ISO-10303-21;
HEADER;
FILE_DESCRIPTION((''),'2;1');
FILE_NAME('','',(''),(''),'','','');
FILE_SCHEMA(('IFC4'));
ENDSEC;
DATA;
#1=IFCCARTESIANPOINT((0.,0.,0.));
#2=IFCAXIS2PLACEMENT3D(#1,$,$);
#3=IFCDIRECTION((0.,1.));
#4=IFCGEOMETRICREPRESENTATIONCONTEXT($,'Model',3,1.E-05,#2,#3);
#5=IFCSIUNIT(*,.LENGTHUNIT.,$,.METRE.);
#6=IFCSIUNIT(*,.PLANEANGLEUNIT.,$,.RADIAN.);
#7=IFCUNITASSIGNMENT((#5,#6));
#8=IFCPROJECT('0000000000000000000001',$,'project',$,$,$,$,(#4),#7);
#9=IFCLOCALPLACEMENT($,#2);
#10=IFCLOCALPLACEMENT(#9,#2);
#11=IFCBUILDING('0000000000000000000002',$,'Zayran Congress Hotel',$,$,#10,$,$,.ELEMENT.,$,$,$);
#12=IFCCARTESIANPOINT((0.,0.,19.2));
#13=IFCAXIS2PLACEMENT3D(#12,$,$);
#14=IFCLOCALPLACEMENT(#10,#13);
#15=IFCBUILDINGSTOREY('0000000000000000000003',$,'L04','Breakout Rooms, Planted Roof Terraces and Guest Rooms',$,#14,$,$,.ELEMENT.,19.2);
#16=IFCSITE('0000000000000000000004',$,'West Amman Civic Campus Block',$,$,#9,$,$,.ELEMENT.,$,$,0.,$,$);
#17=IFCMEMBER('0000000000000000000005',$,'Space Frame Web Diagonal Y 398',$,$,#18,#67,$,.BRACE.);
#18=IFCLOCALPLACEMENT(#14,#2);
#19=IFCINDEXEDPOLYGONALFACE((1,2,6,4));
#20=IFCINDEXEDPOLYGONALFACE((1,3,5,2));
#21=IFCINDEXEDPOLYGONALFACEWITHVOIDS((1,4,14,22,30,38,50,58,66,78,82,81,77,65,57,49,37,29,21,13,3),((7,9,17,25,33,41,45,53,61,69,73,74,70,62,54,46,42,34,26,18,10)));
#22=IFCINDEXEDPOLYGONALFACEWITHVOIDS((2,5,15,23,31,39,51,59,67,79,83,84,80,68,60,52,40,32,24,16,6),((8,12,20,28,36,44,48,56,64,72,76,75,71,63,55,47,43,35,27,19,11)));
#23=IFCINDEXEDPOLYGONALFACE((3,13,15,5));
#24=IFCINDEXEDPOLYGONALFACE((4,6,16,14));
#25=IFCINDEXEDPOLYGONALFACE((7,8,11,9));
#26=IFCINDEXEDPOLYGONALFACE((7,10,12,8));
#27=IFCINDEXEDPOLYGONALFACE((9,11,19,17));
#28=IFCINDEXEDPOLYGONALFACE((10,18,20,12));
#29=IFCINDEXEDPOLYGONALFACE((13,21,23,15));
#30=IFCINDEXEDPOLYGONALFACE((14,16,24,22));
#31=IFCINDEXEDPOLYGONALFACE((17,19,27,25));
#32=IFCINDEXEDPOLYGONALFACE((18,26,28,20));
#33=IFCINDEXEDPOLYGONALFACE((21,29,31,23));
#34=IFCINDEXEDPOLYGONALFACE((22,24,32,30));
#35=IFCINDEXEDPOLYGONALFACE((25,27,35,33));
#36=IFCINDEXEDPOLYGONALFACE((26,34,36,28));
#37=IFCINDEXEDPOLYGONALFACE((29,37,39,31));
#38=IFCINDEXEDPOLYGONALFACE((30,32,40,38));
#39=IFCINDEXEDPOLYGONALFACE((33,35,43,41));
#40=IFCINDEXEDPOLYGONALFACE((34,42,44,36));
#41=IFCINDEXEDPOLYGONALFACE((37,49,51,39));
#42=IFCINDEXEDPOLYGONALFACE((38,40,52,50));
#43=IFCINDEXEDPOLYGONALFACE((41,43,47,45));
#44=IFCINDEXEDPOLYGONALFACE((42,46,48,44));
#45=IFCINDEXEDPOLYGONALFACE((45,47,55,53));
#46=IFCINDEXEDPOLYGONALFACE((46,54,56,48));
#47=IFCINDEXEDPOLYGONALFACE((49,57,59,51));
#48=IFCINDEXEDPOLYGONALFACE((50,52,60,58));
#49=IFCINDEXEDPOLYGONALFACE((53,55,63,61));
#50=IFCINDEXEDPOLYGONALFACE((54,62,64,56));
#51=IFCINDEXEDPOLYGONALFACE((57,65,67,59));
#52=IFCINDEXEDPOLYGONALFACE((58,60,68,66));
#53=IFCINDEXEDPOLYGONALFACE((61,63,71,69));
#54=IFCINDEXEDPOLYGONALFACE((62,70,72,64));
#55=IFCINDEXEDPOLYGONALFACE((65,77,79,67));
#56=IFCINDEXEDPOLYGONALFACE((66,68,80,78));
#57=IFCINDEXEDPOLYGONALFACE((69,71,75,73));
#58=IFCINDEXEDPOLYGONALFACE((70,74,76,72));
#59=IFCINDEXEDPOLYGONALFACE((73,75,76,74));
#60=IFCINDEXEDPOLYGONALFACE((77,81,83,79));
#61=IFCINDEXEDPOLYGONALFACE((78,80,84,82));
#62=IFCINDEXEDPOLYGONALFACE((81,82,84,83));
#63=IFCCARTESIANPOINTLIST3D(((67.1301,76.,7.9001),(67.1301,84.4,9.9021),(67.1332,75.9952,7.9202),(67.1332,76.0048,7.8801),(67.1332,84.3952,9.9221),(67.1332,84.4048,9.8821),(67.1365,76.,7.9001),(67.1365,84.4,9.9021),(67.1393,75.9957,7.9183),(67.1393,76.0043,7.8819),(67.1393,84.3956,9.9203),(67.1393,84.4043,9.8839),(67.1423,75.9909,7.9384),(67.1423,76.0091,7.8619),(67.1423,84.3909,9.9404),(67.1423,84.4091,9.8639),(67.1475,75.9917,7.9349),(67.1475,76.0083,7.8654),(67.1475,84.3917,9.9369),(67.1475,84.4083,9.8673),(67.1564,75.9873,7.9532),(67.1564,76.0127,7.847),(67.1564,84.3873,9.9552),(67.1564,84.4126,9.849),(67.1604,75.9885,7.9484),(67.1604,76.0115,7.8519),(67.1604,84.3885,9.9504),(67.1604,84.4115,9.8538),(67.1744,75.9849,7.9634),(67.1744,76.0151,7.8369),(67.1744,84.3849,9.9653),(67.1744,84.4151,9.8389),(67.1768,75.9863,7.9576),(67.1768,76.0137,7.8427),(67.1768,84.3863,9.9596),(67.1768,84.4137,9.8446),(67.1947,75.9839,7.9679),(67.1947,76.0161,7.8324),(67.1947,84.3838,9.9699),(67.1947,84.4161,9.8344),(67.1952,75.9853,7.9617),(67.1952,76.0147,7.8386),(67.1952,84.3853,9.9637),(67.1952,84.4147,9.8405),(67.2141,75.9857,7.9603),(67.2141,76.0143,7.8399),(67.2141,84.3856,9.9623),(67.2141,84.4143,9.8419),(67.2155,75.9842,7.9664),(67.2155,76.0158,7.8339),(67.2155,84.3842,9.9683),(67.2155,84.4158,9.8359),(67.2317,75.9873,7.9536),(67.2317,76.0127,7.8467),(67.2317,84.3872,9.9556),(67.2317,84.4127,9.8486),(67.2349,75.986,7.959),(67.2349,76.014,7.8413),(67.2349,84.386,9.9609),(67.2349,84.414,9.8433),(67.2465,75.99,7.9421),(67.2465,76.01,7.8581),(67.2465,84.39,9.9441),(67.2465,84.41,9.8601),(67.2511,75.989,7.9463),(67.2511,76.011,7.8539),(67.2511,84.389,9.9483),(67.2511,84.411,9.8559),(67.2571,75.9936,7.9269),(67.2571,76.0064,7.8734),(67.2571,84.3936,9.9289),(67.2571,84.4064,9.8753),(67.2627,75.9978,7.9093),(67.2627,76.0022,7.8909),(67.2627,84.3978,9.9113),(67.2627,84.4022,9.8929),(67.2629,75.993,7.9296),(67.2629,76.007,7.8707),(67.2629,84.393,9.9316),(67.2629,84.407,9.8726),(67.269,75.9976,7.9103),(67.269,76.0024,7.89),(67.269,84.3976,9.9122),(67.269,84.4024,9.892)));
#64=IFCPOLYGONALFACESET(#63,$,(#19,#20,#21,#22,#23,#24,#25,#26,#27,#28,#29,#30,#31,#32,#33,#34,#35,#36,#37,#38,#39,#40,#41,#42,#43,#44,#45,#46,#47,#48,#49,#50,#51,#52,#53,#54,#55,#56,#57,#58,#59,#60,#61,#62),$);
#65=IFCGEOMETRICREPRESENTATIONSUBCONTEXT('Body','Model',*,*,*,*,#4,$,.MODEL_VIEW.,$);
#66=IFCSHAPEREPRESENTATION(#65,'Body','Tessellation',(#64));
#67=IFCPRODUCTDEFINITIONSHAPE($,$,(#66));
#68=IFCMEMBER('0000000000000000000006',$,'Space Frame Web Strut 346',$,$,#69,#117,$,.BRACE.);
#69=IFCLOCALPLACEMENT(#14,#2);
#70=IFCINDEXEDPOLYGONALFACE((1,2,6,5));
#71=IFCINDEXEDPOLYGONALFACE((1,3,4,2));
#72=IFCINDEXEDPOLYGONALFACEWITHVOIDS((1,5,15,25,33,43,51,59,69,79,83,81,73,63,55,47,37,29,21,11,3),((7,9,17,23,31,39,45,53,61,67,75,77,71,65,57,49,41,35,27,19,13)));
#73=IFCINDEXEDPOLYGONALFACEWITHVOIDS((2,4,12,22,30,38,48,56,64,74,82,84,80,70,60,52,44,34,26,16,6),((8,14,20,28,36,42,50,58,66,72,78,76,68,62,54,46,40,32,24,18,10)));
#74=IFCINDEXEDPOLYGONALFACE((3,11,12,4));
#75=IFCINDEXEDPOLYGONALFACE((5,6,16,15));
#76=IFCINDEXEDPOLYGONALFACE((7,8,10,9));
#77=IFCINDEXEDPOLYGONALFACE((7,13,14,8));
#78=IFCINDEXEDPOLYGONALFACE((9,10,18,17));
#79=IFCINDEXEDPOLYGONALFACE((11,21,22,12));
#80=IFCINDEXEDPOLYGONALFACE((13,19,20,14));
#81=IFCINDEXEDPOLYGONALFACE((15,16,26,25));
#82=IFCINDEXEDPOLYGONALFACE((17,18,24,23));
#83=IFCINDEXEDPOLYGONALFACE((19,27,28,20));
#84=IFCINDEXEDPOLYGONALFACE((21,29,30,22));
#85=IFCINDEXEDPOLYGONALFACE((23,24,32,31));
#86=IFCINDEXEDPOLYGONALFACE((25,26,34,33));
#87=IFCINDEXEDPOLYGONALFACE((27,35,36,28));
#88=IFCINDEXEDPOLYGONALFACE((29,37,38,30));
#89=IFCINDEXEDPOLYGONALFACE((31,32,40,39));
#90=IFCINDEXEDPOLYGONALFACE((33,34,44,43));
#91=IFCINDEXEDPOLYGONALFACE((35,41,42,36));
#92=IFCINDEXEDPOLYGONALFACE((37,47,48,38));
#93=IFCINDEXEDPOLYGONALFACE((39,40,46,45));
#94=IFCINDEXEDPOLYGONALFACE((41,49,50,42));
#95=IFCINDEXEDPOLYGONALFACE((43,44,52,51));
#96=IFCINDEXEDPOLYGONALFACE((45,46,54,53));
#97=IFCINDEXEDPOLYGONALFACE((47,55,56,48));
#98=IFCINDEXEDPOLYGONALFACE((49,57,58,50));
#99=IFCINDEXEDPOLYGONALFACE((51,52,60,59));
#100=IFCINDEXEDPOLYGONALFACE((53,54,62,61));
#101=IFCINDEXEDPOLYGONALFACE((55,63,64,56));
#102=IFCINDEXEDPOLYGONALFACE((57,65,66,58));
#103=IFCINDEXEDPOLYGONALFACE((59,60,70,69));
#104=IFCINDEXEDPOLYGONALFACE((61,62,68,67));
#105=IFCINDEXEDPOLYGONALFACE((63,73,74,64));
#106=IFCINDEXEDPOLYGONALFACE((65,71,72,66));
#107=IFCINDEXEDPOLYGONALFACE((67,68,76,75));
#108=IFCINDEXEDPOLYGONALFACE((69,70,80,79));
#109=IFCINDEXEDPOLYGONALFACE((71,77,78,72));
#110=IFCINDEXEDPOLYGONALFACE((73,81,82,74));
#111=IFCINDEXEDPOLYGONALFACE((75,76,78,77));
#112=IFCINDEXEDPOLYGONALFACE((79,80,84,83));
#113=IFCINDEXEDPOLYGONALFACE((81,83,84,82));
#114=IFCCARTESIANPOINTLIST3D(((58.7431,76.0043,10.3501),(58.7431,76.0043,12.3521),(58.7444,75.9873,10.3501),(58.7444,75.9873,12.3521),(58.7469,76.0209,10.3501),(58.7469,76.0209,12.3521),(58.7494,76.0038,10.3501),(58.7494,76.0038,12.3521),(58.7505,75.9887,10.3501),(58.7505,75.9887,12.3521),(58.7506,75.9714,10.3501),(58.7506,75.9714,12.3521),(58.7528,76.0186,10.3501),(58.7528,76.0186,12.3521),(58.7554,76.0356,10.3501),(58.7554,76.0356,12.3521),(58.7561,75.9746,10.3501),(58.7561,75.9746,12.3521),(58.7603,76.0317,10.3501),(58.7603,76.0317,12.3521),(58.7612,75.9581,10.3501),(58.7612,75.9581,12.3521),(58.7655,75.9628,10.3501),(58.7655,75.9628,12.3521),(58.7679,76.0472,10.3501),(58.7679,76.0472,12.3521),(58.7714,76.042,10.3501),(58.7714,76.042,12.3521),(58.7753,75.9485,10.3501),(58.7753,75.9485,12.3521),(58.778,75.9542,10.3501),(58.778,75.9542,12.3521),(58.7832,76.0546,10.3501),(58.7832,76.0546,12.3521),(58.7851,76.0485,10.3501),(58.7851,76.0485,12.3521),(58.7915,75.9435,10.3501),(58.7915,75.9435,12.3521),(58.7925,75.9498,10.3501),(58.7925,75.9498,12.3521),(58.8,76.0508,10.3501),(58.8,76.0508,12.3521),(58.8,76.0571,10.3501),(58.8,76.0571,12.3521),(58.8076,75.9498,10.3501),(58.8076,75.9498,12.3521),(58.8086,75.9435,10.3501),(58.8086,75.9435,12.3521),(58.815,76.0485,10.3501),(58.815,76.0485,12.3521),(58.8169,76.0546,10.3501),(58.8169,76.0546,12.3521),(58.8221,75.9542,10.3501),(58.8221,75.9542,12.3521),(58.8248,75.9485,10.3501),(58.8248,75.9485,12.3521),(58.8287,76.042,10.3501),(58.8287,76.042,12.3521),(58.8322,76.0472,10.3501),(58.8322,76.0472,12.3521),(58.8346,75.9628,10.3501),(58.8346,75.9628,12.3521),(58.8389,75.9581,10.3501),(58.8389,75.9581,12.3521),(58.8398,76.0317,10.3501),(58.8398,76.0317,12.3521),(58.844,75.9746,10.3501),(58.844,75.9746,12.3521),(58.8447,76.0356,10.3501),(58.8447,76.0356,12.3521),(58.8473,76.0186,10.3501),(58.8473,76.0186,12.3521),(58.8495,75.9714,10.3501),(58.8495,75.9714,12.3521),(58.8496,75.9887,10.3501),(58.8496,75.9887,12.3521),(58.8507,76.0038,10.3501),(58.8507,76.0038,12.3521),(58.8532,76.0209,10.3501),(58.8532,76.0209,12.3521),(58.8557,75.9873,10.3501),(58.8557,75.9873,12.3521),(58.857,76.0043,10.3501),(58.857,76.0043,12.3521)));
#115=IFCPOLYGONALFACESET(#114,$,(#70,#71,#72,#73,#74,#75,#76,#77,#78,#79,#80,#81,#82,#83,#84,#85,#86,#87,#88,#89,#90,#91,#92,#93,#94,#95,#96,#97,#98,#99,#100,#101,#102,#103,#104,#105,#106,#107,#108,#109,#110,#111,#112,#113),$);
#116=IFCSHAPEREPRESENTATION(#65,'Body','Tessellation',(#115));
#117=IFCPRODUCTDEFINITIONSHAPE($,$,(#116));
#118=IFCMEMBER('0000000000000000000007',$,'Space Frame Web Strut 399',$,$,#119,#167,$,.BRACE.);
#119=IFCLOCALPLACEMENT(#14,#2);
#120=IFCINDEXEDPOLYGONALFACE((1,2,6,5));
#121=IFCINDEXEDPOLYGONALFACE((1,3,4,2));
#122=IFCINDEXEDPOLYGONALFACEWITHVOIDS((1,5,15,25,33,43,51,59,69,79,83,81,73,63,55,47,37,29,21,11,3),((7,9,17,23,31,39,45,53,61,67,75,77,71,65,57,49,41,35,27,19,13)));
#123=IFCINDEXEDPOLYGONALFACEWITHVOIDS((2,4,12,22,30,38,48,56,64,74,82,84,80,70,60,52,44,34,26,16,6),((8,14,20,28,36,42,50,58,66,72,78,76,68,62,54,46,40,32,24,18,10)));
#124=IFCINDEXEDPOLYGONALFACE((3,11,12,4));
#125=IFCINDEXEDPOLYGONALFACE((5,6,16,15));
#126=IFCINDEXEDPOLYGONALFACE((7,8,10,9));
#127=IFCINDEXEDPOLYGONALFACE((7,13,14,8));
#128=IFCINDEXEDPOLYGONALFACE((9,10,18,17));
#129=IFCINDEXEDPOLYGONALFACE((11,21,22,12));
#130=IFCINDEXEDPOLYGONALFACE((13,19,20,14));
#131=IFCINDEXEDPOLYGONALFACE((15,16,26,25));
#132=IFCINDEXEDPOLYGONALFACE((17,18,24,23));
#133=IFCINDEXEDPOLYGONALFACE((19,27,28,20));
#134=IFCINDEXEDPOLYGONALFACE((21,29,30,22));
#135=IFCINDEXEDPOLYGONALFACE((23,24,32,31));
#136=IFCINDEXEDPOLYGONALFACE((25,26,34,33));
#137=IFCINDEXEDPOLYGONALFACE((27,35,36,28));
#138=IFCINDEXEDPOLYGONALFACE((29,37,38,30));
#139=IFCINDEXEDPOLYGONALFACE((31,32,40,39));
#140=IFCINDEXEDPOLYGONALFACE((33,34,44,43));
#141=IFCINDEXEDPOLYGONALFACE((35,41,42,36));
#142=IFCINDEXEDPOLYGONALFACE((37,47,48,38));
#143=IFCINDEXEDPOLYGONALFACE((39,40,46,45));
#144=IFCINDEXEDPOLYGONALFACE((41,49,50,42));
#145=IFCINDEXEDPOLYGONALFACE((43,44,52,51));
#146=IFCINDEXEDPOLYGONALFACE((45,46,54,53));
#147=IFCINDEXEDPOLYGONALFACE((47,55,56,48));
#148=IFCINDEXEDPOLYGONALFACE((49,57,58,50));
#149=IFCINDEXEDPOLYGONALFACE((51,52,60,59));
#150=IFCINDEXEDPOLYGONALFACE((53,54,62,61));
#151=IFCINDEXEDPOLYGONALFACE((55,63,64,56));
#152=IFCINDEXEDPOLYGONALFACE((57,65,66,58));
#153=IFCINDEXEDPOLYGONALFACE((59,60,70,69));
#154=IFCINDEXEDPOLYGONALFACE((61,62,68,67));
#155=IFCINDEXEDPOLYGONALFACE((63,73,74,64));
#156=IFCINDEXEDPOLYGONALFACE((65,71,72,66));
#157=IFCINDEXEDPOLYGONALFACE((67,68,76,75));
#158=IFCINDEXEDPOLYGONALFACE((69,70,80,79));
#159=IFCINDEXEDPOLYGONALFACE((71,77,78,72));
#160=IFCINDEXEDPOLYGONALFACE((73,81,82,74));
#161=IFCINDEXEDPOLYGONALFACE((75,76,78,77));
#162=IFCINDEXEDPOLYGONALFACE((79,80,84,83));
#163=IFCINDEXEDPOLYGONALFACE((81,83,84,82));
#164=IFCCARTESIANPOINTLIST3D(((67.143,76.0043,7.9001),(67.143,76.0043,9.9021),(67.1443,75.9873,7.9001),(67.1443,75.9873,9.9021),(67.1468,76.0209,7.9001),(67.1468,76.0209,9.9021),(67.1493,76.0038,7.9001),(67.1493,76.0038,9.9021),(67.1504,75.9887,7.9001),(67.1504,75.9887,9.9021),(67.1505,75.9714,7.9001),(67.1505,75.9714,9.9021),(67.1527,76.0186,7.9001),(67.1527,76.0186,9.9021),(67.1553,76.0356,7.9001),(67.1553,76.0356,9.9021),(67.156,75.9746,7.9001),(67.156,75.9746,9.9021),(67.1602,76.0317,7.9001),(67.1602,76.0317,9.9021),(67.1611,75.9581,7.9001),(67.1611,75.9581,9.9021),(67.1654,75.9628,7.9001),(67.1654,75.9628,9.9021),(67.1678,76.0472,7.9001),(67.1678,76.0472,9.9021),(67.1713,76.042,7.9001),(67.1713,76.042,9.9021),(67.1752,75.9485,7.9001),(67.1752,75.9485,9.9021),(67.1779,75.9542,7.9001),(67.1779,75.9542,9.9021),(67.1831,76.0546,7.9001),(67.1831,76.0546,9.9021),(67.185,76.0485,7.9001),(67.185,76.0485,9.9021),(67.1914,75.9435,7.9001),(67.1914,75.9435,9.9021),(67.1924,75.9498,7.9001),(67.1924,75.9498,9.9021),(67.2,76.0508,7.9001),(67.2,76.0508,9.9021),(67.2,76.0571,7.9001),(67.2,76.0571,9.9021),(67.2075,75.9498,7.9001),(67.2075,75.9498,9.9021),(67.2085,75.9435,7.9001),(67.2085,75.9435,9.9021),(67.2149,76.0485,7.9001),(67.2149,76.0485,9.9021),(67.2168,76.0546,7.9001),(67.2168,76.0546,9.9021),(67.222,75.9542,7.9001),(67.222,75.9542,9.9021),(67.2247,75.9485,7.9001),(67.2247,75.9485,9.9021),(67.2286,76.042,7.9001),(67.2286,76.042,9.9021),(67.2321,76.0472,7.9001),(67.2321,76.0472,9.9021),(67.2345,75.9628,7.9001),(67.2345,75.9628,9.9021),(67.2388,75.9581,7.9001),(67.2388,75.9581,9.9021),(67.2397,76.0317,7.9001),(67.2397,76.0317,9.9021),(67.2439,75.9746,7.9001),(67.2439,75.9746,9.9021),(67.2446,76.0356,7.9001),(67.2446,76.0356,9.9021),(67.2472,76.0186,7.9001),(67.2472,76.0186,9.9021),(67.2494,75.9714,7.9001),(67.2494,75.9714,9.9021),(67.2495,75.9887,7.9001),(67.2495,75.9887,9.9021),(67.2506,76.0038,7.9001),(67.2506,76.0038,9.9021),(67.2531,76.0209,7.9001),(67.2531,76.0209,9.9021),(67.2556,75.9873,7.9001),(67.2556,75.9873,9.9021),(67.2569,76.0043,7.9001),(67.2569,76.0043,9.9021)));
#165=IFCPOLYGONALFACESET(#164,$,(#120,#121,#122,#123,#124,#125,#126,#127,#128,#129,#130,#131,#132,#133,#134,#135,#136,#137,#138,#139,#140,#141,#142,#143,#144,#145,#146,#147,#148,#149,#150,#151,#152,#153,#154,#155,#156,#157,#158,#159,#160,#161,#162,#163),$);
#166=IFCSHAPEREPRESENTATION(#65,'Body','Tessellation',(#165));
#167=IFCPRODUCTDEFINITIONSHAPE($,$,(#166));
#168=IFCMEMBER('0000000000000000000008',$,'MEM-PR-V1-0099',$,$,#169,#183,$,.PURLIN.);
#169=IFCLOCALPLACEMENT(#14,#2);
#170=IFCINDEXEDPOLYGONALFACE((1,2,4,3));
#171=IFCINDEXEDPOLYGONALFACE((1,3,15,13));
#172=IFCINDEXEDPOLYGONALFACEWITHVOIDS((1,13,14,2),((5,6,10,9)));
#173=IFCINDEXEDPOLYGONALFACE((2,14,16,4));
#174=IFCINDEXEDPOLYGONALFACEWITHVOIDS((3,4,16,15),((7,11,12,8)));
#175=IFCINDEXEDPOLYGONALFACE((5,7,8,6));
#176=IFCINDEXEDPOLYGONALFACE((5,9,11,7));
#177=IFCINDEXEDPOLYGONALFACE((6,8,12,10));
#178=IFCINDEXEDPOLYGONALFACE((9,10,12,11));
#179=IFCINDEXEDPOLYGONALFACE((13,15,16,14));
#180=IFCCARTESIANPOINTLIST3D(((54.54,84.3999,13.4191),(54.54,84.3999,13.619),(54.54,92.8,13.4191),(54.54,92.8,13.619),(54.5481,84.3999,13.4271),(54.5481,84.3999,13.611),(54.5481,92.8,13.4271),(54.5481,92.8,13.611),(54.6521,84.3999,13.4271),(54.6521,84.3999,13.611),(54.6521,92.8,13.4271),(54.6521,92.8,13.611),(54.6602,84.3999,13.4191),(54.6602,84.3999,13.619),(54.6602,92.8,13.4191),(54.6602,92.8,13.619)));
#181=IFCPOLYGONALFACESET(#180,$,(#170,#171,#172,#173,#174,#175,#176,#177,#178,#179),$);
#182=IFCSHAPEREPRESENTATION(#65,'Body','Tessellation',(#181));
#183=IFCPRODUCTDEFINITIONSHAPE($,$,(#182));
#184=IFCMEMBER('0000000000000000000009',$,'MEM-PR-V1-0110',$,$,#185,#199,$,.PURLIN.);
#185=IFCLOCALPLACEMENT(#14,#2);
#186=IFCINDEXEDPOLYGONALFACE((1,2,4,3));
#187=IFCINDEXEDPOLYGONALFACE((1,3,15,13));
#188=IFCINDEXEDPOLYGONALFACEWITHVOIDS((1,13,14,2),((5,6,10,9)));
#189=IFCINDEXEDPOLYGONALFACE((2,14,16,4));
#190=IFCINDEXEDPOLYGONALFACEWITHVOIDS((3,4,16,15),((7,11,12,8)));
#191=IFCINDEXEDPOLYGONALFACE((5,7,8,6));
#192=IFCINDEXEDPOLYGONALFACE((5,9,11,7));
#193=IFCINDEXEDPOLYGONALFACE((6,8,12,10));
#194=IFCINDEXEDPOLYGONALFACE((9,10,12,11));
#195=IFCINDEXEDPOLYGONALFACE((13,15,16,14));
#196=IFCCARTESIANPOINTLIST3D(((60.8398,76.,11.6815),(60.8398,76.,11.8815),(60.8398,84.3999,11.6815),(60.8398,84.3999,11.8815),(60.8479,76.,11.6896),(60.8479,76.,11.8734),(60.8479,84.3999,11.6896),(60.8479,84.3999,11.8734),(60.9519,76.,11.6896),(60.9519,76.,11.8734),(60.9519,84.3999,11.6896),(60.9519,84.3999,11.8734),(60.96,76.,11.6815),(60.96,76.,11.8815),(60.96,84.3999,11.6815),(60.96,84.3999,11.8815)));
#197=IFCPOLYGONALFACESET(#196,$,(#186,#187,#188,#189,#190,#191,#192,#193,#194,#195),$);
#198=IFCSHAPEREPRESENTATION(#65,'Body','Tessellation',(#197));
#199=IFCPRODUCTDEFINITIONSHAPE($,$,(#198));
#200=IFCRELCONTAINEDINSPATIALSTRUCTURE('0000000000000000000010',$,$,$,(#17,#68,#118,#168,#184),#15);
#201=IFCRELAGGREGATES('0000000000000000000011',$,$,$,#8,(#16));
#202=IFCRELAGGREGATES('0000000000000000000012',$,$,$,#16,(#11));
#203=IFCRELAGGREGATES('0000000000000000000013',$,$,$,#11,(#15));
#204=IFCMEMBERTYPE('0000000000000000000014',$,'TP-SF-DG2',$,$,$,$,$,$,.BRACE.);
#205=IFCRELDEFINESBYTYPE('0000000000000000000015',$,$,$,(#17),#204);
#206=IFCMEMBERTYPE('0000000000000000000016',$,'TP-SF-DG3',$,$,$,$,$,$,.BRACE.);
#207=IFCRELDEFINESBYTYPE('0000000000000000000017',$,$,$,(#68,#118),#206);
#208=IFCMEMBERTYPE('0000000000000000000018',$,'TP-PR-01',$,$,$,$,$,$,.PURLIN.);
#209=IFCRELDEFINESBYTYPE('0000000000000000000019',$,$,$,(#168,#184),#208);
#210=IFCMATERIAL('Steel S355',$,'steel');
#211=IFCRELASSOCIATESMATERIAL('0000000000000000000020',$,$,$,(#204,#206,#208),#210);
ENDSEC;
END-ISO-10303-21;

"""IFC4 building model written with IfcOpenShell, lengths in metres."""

from ifc_helpers import new_model, si_unit, direction, frame, origin, origin_2d, place, context, subcontext, project, spatial, hollow_rectangle, hollow_circle, extrude, material, material_profile, profile_set, type_object, element, save


model = new_model("IFC4")

# Units and contexts
model_context = context("Model", 3, precision=1e-05, world=origin(), true_north=direction((0.0, 1.0)))
body_context = subcontext(model_context, "Body", "Model", "MODEL_VIEW")
ifc_project = project(units=[si_unit("LENGTHUNIT", "METRE"), si_unit("PLANEANGLEUNIT", "RADIAN")], contexts=[model_context])

# Site, building, storey
site_placement = place(None, origin())
site = spatial("IfcSite", under=ifc_project, at=site_placement, Name="West Amman Civic Campus Block", CompositionType="ELEMENT", RefElevation=0.0)
building_placement = place(site_placement, origin())
building = spatial("IfcBuilding", under=site, at=building_placement, Name="Zayran Congress Hotel", CompositionType="ELEMENT")
storey_placement = place(building_placement, frame((0.0, 0.0, 19.2)))
storey = spatial("IfcBuildingStorey", under=building, at=storey_placement, Name="L04", Description="Breakout Rooms, Planted Roof Terraces and Guest Rooms", CompositionType="ELEMENT", Elevation=19.2)

# Members
ifc_material_1 = material(Name="Steel S355", Category="steel")
ifc_material_profile_1 = material_profile(ifc_material_1, hollow_circle(Radius=0.0698, WallThickness=0.0063, at=origin_2d()), Name="CHS 139.7x6.3")
ifc_profile_set_1 = profile_set([ifc_material_profile_1], Name="Steel S355")
member_type_1 = type_object("IfcMemberType", Name="TP-SF-DG2", PredefinedType="BRACE", material=ifc_profile_set_1)
member_1_placement = place(storey_placement, frame((67.2, 76.0, 7.9001), z_axis=(0.0, 0.972755, 0.231837), x_axis=(-1.0, 0.0, 0.0)))
element("IfcMember", 1, at=member_1_placement, inside=storey, type_object=member_type_1, Name="Space Frame Web Diagonal Y 398", PredefinedType="BRACE", context=body_context, shape_type="SweptSolid", body=[
    extrude(hollow_circle(Radius=0.0698, WallThickness=0.0063, at=origin_2d()), origin(), (0.0, 0.0, 1.0), 8.6353),
])
ifc_material_profile_2 = material_profile(ifc_material_1, hollow_circle(Radius=0.0571, WallThickness=0.0063, at=origin_2d()), Name="CHS 114.3x6.3")
ifc_profile_set_2 = profile_set([ifc_material_profile_2], Name="Steel S355")
member_type_2 = type_object("IfcMemberType", Name="TP-SF-DG3", PredefinedType="BRACE", material=ifc_profile_set_2)
for number, where, z_axis, x_axis, name in (
    (2, (58.8, 76.0, 10.3501), (0.0, 0.0, 1.0), (0.0, 1.0, 0.0), "Space Frame Web Strut 346"),
    (3, (67.2, 76.0, 7.9001), (0.0, 0.0, 1.0), (0.0, 1.0, 0.0), "Space Frame Web Strut 399"),
):
    element("IfcMember", number, at=place(storey_placement, frame(where, z_axis=z_axis, x_axis=x_axis)), inside=storey, type_object=member_type_2, Name=name, PredefinedType="BRACE", context=body_context, shape_type="SweptSolid", body=[
        extrude(hollow_circle(Radius=0.0571, WallThickness=0.0063, at=origin_2d()), origin(), (0.0, 0.0, 1.0), 2.002),
    ])
ifc_material_profile_3 = material_profile(ifc_material_1, hollow_rectangle(XDim=0.1201, YDim=0.2, WallThickness=0.0081, at=origin_2d()), Name="RHS 200x120x8")
ifc_profile_set_3 = profile_set([ifc_material_profile_3], Name="Steel S355")
member_type_3 = type_object("IfcMemberType", Name="TP-PR-01", PredefinedType="PURLIN", material=ifc_profile_set_3)
member_2_placement = place(storey_placement, frame((54.6001, 84.3999, 13.519), z_axis=(0.0, 1.0, 0.0), x_axis=(-1.0, 0.0, 0.0)))
element("IfcMember", 4, at=member_2_placement, inside=storey, type_object=member_type_3, Name="MEM-PR-V1-0099", PredefinedType="PURLIN", context=body_context, shape_type="SweptSolid", body=[
    extrude(hollow_rectangle(XDim=0.1201, YDim=0.2, WallThickness=0.0081, at=origin_2d()), origin(), (0.0, 0.0, 1.0), 8.4001),
])
for number, where, z_axis, x_axis, name in (
    (5, (60.8999, 76.0, 11.7815), (0.0, 1.0, 0.0), (-1.0, 0.0, 0.0), "MEM-PR-V1-0110"),
):
    element("IfcMember", number, at=place(storey_placement, frame(where, z_axis=z_axis, x_axis=x_axis)), inside=storey, type_object=member_type_3, Name=name, PredefinedType="PURLIN", context=body_context, shape_type="SweptSolid", body=[
        extrude(hollow_rectangle(XDim=0.1201, YDim=0.2, WallThickness=0.0081, at=origin_2d()), origin(), (0.0, 0.0, 1.0), 8.3999),
    ])

save(model, "model.ifc")
